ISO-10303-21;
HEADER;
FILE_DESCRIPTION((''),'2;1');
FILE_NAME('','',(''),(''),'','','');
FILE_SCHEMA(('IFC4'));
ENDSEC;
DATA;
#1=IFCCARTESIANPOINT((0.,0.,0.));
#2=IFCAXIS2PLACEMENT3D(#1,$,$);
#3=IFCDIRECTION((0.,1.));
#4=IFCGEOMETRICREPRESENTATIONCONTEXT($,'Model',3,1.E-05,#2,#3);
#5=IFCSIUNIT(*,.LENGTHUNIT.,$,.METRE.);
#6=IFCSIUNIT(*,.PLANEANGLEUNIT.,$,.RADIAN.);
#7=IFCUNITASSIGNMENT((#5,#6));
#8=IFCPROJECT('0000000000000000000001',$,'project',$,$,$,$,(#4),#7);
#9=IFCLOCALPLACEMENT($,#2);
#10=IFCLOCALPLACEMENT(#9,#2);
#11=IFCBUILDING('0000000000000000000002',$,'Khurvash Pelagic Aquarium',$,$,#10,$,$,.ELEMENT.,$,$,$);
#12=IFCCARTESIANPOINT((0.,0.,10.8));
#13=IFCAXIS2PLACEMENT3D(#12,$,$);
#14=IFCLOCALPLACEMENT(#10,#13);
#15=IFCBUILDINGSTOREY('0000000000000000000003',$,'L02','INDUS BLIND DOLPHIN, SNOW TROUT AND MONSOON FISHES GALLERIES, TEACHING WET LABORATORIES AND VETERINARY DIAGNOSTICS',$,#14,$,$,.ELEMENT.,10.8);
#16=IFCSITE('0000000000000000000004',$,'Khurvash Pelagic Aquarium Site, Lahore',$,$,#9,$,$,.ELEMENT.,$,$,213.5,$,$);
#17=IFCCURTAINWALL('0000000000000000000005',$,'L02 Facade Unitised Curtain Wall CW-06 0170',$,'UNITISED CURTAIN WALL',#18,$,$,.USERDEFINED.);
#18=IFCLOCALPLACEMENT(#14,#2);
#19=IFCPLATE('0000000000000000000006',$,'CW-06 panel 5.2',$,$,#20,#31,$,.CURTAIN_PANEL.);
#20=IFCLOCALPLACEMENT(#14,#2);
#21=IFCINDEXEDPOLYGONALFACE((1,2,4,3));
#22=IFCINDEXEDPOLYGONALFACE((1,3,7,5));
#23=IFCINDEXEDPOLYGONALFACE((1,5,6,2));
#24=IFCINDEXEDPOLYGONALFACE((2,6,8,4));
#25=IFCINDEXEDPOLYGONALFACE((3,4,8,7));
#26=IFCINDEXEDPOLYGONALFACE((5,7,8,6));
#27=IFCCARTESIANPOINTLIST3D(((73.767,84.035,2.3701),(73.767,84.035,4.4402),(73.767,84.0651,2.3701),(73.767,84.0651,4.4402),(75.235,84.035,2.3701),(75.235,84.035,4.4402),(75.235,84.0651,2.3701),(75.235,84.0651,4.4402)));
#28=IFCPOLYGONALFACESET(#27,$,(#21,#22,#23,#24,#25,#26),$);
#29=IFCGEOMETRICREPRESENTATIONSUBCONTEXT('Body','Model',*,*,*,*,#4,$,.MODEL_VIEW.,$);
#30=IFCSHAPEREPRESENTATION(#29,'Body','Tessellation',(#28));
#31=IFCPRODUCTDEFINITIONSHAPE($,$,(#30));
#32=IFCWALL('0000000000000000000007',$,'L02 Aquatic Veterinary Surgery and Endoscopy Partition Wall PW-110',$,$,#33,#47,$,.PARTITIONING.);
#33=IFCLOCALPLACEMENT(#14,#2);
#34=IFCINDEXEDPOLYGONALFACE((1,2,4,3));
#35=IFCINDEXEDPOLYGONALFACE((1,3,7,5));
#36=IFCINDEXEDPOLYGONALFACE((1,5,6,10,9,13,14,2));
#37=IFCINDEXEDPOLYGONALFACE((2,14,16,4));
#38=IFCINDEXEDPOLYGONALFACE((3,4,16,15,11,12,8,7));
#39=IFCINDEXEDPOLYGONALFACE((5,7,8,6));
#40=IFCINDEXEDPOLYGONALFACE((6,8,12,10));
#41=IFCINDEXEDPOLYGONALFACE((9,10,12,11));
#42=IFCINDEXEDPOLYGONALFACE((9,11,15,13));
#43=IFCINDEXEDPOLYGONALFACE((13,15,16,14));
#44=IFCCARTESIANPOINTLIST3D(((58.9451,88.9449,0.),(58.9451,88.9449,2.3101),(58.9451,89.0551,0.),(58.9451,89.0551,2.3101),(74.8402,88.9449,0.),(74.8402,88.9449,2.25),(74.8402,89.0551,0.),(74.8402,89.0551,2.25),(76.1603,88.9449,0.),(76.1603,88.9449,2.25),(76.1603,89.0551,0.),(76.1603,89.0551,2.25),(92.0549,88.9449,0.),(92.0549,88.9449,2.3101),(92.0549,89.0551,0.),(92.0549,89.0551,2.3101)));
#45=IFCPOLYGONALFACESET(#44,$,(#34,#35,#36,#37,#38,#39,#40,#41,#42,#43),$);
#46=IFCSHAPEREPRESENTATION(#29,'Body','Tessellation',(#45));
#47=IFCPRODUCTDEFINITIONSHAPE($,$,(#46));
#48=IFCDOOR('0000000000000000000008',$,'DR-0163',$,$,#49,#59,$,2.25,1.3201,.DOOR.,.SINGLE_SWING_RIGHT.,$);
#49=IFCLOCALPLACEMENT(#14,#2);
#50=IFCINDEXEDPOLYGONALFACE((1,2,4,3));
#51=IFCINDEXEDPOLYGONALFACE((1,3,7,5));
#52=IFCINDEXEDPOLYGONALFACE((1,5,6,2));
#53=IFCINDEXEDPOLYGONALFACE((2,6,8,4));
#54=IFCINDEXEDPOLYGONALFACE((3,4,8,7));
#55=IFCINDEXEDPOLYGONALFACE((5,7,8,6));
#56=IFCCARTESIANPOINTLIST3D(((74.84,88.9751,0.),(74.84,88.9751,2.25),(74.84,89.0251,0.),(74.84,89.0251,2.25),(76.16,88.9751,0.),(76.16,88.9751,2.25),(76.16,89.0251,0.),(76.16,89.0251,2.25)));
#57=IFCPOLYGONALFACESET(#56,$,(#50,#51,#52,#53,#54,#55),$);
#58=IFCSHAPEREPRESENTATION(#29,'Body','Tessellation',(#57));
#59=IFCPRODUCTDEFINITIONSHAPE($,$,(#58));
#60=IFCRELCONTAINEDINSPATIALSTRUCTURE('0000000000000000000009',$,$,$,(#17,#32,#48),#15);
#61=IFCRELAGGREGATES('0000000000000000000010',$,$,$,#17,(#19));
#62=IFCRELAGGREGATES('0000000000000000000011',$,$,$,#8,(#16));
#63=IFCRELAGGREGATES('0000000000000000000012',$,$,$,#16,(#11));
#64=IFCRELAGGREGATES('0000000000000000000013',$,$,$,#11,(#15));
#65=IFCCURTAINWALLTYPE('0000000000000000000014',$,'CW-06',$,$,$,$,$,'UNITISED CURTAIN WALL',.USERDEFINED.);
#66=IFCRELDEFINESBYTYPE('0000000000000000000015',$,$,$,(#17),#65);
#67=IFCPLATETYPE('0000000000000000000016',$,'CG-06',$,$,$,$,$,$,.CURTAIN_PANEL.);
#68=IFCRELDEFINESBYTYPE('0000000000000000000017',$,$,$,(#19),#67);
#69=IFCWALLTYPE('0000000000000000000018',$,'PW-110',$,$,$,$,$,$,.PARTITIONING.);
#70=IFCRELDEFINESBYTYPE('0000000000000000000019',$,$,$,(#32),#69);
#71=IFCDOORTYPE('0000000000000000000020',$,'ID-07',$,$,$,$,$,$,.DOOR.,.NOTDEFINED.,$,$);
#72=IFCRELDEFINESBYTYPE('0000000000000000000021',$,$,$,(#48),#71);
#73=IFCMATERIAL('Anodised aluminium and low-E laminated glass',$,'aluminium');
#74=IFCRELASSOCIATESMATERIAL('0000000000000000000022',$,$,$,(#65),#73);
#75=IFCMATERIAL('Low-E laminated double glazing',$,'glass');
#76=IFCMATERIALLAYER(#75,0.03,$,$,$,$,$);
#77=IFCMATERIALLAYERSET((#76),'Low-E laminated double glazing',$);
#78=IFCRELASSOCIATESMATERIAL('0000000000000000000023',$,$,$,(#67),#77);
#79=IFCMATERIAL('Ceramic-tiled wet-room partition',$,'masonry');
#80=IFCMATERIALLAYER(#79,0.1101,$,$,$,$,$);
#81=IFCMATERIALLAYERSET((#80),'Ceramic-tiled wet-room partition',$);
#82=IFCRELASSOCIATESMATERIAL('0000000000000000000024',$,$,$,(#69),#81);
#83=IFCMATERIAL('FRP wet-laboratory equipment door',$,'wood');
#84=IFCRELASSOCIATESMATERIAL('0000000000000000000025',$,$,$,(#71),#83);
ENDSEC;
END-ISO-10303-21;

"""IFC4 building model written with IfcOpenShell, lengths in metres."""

from ifc_helpers import new_model, si_unit, direction, frame, frame_2d, origin, origin_2d, place, context, subcontext, project, spatial, rectangle, extrude, material, layer, layer_set, type_object, element, fill, aggregate, save


model = new_model("IFC4")

# Units and contexts
model_context = context("Model", 3, precision=1e-05, world=origin(), true_north=direction((0.0, 1.0)))
body_context = subcontext(model_context, "Body", "Model", "MODEL_VIEW")
ifc_project = project(units=[si_unit("LENGTHUNIT", "METRE"), si_unit("PLANEANGLEUNIT", "RADIAN")], contexts=[model_context])

# Site, building, storey
site_placement = place(None, origin())
site = spatial("IfcSite", under=ifc_project, at=site_placement, Name="Khurvash Pelagic Aquarium Site, Lahore", CompositionType="ELEMENT", RefElevation=213.5)
building_placement = place(site_placement, origin())
building = spatial("IfcBuilding", under=site, at=building_placement, Name="Khurvash Pelagic Aquarium", CompositionType="ELEMENT")
storey_placement = place(building_placement, frame((0.0, 0.0, 10.8)))
storey = spatial("IfcBuildingStorey", under=building, at=storey_placement, Name="L02", Description="INDUS BLIND DOLPHIN, SNOW TROUT AND MONSOON FISHES GALLERIES, TEACHING WET LABORATORIES AND VETERINARY DIAGNOSTICS", CompositionType="ELEMENT", Elevation=10.8)

# Curtain wall
ifc_material_1 = material(Name="Anodised aluminium and low-E laminated glass", Category="aluminium")
curtain_wall_type_1 = type_object("IfcCurtainWallType", Name="CW-06", ElementType="UNITISED CURTAIN WALL", PredefinedType="USERDEFINED", material=ifc_material_1)
curtain_wall_1_placement = place(storey_placement, origin())
curtain_wall_1 = element("IfcCurtainWall", 1, at=curtain_wall_1_placement, inside=storey, type_object=curtain_wall_type_1, Name="L02 Facade Unitised Curtain Wall CW-06 0170", ObjectType="UNITISED CURTAIN WALL", PredefinedType="USERDEFINED")

# Plate
ifc_material_2 = material(Name="Low-E laminated double glazing", Category="glass")
ifc_layer_1 = layer(ifc_material_2, 0.03)
ifc_layer_set_1 = layer_set([ifc_layer_1], Name="Low-E laminated double glazing")
plate_type = type_object("IfcPlateType", Name="CG-06", PredefinedType="CURTAIN_PANEL", material=ifc_layer_set_1)
plate_1_placement = place(storey_placement, frame((74.501, 84.05, 2.3701), z_axis=(0.0, 0.0, 1.0), x_axis=(1.0, 0.0, 0.0)))
plate_1 = element("IfcPlate", 2, at=plate_1_placement, type_object=plate_type, Name="CW-06 panel 5.2", PredefinedType="CURTAIN_PANEL", context=body_context, shape_type="SweptSolid", body=[
    extrude(rectangle(XDim=1.468, YDim=0.03, at=origin_2d()), origin(), (0.0, 0.0, 1.0), 2.0701),
])
aggregate(curtain_wall_1, [plate_1])

# Wall, opening, door
ifc_material_3 = material(Name="Ceramic-tiled wet-room partition", Category="masonry")
ifc_layer_2 = layer(ifc_material_3, 0.1101)
ifc_layer_set_2 = layer_set([ifc_layer_2], Name="Ceramic-tiled wet-room partition")
wall_type = type_object("IfcWallType", Name="PW-110", PredefinedType="PARTITIONING", material=ifc_layer_set_2)
wall_placement = place(storey_placement, frame((58.9451, 89.0, 0.0), z_axis=(0.0, 0.0, 1.0), x_axis=(1.0, 0.0, 0.0)))
wall = element("IfcWall", 3, at=wall_placement, inside=storey, type_object=wall_type, Name="L02 Aquatic Veterinary Surgery and Endoscopy Partition Wall PW-110", PredefinedType="PARTITIONING", context=body_context, shape_type="SweptSolid", body=[
    extrude(rectangle(XDim=33.1099, YDim=0.1101, at=frame_2d((16.5549, 0.0))), origin(), (0.0, 0.0, 1.0), 2.3101),
])
opening_placement = place(wall_placement, frame((15.895, 0.0, 0.0)))
opening = element("IfcOpeningElement", 4, at=opening_placement, cuts=wall, PredefinedType="OPENING", context=body_context, shape_type="SweptSolid", body=[
    extrude(rectangle(XDim=1.3201, YDim=2.25, at=frame_2d((0.6602, 1.125))), frame((0.0, 0.0649, 0.0), z_axis=(0.0, -1.0, 0.0), x_axis=(1.0, 0.0, 0.0)), (0.0, 0.0, 1.0), 0.1301),
])
ifc_material_4 = material(Name="FRP wet-laboratory equipment door", Category="wood")
door_type = type_object("IfcDoorType", Name="ID-07", OperationType="NOTDEFINED", PredefinedType="DOOR", material=ifc_material_4)
door_placement = place(opening_placement, frame((1.3201, 0.0, 0.0), z_axis=(0.0, 0.0, 1.0), x_axis=(-1.0, 0.0, 0.0)))
door = element("IfcDoor", 5, at=door_placement, inside=storey, type_object=door_type, Name="DR-0163", OperationType="SINGLE_SWING_RIGHT", OverallHeight=2.25, OverallWidth=1.3201, PredefinedType="DOOR", context=body_context, shape_type="SweptSolid", body=[
    extrude(rectangle(XDim=1.3201, YDim=2.25, at=frame_2d((0.6602, 1.125))), frame((0.0, 0.0249, 0.0), z_axis=(0.0, -1.0, 0.0), x_axis=(1.0, 0.0, 0.0)), (0.0, 0.0, 1.0), 0.05),
])
fill(opening, door)

save(model, "model.ifc")
